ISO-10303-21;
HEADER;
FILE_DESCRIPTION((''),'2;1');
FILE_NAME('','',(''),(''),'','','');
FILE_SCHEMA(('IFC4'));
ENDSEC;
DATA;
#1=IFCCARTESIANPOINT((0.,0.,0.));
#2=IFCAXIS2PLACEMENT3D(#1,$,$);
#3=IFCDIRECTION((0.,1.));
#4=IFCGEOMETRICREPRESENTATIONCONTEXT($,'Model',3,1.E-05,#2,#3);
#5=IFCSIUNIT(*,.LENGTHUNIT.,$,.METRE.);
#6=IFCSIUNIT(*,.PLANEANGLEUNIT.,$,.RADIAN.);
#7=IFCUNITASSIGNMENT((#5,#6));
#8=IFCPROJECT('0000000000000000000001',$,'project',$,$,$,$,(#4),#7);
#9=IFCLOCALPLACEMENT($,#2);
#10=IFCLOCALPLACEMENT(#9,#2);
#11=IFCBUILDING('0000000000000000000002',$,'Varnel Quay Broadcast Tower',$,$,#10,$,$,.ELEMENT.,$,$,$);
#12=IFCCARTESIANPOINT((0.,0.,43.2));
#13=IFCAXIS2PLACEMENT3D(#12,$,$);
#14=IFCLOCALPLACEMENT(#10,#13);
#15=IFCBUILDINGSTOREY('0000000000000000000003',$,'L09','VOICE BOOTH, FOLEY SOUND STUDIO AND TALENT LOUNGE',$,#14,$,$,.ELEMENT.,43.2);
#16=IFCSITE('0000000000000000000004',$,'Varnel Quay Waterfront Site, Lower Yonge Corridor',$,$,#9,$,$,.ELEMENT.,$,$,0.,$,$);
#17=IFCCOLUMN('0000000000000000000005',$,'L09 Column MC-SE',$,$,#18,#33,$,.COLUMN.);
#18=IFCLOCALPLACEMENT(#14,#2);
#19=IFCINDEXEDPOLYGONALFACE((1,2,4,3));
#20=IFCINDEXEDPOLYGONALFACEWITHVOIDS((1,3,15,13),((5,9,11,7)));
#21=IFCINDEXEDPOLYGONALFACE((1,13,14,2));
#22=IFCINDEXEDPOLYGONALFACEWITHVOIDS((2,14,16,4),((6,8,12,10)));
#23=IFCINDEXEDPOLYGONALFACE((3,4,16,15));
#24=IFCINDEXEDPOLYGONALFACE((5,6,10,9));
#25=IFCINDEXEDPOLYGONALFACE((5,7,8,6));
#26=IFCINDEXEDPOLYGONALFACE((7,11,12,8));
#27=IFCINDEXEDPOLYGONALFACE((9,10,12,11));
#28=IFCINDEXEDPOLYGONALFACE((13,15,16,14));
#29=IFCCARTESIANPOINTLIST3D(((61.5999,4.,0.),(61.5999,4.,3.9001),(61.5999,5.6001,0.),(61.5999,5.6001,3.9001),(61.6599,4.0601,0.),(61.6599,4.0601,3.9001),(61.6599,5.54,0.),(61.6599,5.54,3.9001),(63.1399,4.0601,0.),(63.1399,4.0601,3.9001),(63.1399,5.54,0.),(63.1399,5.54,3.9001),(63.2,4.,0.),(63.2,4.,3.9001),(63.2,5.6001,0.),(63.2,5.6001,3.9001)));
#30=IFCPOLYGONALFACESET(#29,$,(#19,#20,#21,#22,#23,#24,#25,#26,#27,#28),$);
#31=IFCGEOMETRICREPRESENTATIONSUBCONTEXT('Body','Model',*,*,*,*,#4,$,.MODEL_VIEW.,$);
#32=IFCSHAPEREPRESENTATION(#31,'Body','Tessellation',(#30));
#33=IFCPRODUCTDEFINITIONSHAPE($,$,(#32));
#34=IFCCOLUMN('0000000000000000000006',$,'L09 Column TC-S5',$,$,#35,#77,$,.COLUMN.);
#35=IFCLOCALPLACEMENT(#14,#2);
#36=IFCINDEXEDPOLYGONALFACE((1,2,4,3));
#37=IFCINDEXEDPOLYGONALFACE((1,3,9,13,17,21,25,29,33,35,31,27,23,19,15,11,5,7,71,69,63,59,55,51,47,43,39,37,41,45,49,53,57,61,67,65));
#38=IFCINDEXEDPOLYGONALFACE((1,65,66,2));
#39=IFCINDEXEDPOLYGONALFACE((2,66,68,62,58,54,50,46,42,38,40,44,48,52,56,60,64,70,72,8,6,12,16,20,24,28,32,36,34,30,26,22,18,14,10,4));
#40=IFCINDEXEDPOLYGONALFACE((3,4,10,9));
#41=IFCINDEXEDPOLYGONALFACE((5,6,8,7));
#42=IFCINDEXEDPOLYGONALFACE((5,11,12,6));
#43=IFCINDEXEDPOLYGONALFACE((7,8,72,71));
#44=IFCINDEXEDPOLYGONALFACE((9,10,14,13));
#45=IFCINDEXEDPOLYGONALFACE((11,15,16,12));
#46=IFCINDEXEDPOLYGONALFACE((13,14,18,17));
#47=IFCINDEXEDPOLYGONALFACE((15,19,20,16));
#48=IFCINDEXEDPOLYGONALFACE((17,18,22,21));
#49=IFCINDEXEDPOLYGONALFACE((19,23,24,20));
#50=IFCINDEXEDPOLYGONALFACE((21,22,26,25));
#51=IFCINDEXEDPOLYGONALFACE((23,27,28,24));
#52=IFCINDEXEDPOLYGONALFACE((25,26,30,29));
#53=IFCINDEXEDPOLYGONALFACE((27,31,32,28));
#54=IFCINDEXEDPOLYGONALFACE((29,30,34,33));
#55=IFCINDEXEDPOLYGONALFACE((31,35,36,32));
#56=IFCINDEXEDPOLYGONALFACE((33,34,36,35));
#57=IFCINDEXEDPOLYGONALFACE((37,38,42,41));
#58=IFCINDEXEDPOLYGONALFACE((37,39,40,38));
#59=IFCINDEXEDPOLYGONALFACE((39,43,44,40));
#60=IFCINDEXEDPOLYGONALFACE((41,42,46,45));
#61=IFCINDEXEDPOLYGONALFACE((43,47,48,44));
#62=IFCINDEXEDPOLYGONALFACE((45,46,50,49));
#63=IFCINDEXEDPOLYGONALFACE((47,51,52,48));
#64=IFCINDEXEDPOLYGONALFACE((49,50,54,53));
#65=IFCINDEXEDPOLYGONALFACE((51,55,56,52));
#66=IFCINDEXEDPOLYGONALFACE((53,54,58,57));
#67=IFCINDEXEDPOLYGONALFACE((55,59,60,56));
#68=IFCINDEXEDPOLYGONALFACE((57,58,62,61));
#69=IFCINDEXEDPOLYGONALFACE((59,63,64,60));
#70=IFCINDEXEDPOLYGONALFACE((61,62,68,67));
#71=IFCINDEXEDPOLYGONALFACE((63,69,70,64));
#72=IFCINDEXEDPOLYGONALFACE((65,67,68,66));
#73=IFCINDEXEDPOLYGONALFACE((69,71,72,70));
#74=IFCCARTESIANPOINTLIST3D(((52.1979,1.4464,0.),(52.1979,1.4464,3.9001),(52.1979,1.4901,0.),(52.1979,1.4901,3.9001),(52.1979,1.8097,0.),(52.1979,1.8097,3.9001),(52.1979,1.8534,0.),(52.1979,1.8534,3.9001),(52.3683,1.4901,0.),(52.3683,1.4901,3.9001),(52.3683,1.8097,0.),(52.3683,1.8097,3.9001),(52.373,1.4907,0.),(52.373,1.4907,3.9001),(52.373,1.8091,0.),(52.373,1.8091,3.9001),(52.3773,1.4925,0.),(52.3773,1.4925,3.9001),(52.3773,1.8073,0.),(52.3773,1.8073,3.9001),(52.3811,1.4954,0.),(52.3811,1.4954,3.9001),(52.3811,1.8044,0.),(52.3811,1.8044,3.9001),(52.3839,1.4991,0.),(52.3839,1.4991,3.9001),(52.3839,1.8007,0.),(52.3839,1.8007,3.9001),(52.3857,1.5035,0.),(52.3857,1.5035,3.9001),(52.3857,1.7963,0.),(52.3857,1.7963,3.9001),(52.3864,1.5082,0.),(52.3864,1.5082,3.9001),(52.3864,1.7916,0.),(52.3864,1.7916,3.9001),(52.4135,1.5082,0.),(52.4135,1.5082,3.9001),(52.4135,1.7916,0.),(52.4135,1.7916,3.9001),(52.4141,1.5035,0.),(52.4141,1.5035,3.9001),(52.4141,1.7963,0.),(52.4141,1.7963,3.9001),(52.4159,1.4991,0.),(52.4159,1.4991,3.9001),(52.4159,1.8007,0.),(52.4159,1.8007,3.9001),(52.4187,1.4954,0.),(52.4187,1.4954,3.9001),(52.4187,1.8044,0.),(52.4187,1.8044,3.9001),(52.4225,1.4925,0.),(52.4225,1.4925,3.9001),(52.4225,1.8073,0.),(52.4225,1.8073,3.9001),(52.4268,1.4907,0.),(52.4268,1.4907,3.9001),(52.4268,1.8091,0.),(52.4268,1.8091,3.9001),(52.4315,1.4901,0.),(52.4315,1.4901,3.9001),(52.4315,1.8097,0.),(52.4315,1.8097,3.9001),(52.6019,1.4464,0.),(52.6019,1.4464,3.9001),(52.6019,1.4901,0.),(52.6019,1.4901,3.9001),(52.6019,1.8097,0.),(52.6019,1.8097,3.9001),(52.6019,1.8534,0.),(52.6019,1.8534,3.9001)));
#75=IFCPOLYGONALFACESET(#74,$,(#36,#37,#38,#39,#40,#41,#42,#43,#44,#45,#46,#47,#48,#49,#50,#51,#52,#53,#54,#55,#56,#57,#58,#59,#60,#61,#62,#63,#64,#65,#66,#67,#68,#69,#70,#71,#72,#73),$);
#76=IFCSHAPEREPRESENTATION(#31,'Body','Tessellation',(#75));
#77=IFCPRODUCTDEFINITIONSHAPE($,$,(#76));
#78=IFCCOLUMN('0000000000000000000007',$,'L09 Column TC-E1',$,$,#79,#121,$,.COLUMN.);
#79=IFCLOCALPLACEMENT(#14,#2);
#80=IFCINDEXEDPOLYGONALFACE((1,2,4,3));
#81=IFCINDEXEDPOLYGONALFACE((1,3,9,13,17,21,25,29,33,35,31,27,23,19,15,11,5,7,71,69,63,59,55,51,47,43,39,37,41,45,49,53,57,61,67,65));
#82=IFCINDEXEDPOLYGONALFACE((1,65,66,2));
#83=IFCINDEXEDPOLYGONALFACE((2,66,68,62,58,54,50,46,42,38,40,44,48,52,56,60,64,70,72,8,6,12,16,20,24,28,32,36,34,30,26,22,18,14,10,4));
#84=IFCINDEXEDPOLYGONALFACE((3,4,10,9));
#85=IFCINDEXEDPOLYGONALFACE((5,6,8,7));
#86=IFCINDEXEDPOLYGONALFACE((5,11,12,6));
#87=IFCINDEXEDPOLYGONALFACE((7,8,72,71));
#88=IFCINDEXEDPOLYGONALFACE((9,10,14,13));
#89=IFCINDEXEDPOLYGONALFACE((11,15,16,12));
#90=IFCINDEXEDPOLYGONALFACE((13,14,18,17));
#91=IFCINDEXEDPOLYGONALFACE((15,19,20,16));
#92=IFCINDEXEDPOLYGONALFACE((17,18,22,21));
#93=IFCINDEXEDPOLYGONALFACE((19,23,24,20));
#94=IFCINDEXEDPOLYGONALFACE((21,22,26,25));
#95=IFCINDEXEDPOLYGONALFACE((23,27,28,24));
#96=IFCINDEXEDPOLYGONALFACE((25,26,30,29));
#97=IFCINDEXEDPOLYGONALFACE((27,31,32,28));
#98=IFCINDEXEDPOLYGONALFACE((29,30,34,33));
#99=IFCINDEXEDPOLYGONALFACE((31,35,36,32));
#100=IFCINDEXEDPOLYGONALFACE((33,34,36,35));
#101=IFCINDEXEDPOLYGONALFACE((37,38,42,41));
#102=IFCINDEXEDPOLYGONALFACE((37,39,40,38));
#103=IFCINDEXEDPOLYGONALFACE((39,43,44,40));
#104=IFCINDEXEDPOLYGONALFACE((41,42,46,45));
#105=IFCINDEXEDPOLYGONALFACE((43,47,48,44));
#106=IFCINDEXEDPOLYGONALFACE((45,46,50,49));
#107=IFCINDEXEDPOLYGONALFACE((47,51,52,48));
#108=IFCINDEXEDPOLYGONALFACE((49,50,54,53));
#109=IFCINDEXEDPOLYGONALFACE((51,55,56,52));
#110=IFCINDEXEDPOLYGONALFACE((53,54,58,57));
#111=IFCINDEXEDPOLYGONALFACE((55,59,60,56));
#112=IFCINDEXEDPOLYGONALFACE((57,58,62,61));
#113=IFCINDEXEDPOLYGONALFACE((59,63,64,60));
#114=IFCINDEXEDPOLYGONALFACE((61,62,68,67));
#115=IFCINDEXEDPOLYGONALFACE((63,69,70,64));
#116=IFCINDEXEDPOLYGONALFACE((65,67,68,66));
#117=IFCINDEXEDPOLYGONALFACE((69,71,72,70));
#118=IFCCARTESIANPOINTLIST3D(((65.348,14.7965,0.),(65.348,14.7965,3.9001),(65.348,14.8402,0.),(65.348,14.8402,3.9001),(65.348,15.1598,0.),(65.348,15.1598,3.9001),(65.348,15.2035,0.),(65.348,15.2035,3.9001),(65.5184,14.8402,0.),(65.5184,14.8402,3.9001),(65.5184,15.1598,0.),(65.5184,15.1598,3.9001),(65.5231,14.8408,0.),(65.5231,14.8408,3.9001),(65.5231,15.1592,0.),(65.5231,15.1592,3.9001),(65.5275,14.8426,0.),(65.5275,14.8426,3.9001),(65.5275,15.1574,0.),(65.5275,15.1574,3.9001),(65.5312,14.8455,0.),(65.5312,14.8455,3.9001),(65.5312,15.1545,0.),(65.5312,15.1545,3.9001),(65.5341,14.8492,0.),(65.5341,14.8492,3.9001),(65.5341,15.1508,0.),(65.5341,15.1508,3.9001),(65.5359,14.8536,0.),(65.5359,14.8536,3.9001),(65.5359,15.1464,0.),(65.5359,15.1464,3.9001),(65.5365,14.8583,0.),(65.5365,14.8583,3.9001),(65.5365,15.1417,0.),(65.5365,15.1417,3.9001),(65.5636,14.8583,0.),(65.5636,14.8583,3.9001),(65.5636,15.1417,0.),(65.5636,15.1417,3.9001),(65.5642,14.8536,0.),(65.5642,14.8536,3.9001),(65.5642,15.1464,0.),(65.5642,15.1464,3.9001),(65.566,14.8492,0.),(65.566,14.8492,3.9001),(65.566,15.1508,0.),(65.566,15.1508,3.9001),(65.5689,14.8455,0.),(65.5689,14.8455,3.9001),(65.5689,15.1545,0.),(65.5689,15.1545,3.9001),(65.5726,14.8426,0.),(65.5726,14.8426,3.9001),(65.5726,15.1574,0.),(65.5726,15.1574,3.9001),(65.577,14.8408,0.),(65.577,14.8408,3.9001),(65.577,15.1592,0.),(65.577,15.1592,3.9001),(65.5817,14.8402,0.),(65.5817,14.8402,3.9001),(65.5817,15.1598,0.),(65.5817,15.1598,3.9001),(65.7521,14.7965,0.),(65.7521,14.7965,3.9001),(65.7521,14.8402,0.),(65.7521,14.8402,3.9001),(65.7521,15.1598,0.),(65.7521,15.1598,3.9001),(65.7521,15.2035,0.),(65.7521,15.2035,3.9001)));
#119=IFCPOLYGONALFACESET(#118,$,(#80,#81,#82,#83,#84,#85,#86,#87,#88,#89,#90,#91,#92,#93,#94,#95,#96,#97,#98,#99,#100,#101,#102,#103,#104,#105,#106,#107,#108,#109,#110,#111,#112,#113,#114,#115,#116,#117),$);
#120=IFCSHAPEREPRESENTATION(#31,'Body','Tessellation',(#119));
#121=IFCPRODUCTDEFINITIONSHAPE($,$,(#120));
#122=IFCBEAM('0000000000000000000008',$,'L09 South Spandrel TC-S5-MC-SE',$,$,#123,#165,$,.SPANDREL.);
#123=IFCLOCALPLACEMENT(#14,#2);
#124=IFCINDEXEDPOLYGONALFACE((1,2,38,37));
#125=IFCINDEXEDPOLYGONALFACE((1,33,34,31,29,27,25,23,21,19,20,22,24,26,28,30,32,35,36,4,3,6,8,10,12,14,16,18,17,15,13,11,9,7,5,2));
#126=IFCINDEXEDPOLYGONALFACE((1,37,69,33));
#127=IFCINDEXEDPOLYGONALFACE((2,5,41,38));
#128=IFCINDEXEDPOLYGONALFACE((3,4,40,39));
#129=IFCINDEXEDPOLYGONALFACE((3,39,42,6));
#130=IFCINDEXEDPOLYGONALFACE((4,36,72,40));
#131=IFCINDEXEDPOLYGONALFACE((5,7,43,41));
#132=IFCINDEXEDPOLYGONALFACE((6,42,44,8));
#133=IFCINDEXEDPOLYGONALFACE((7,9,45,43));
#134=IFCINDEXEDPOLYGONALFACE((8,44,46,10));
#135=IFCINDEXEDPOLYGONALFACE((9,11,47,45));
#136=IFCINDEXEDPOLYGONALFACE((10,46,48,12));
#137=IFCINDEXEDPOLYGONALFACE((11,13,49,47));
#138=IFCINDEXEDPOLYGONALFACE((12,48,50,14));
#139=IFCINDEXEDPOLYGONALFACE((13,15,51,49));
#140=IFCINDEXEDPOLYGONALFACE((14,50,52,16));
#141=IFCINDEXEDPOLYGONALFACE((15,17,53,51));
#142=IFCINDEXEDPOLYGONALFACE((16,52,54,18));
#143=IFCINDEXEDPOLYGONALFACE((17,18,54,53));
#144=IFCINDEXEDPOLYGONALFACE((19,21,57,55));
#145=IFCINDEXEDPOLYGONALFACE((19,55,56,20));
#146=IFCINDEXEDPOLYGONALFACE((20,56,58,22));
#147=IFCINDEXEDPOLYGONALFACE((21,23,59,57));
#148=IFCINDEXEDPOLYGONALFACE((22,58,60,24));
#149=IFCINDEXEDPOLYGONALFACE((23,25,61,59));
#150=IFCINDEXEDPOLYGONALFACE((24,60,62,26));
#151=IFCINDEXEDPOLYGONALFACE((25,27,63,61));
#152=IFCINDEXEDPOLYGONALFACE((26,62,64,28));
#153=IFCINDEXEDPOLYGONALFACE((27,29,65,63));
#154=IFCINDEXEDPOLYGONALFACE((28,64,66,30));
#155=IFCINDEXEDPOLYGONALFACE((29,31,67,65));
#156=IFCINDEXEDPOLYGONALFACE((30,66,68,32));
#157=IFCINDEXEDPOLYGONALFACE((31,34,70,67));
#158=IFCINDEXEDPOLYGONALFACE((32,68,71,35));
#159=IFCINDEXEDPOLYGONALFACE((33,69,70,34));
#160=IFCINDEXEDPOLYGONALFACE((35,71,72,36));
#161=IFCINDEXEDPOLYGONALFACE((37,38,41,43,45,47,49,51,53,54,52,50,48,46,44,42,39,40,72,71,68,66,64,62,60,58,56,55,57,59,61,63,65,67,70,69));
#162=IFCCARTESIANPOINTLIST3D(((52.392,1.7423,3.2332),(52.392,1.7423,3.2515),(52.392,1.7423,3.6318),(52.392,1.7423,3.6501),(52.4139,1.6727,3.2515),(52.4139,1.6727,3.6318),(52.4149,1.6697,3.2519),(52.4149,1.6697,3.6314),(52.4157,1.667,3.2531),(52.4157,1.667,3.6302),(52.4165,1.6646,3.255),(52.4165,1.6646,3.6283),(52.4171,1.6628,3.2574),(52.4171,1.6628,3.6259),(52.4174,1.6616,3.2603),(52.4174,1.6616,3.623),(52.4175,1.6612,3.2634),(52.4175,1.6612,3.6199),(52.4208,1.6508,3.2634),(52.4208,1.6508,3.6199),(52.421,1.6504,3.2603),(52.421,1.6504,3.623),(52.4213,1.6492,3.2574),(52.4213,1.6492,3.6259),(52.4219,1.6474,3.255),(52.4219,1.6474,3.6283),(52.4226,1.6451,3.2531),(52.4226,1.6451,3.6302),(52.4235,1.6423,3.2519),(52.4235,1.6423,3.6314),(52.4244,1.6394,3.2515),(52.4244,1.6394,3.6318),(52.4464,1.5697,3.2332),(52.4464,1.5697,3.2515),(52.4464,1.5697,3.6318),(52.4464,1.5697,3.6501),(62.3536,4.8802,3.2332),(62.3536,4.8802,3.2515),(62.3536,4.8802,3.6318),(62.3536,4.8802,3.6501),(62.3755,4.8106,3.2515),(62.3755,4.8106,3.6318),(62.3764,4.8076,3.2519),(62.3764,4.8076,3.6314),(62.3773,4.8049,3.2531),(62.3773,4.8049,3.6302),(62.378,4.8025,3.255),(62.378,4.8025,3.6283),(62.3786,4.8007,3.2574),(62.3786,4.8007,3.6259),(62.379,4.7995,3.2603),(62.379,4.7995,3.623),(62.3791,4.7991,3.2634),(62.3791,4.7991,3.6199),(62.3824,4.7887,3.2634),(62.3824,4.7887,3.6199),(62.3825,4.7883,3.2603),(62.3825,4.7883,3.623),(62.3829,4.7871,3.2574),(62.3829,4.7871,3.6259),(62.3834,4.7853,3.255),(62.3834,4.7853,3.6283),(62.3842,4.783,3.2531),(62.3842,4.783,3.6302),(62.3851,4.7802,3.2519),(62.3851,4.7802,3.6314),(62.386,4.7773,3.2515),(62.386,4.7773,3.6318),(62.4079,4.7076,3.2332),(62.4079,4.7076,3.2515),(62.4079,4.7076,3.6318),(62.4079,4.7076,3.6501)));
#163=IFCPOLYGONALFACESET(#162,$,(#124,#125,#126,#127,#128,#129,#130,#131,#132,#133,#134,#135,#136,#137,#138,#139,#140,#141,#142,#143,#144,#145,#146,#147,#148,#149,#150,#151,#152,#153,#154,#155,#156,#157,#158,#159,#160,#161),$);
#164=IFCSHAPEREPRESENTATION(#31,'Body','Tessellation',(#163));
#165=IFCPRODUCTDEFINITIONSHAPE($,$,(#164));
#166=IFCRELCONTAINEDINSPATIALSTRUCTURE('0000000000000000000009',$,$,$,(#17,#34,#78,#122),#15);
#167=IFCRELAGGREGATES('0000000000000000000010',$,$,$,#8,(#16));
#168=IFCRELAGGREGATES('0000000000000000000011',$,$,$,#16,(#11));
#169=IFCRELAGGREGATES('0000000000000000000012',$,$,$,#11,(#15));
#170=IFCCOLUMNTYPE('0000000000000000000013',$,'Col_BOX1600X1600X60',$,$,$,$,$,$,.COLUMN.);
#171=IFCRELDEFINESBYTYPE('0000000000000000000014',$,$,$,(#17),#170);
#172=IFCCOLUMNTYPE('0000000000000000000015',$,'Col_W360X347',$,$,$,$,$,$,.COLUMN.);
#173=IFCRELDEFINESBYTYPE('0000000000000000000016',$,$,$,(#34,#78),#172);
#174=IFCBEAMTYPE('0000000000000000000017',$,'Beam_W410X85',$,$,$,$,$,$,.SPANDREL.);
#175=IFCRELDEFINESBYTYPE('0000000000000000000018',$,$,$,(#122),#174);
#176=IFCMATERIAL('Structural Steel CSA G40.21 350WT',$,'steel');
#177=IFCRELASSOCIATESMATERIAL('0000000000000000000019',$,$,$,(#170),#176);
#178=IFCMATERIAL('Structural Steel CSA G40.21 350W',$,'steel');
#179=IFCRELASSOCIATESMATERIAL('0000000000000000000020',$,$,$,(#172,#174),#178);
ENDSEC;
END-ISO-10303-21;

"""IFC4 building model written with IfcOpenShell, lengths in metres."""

from ifc_helpers import new_model, si_unit, direction, frame, origin, origin_2d, place, context, subcontext, project, spatial, hollow_rectangle, i_section, extrude, source, transform, mapped, material, material_profile, profile_set, type_object, type_shapes, element, save


model = new_model("IFC4")

# Units and contexts
model_context = context("Model", 3, precision=1e-05, world=origin(), true_north=direction((0.0, 1.0)))
body_context = subcontext(model_context, "Body", "Model", "MODEL_VIEW")
ifc_project = project(units=[si_unit("LENGTHUNIT", "METRE"), si_unit("PLANEANGLEUNIT", "RADIAN")], contexts=[model_context])

# Site, building, storey
site_placement = place(None, origin())
site = spatial("IfcSite", under=ifc_project, at=site_placement, Name="Varnel Quay Waterfront Site, Lower Yonge Corridor", CompositionType="ELEMENT", RefElevation=0.0)
building_placement = place(site_placement, origin())
building = spatial("IfcBuilding", under=site, at=building_placement, Name="Varnel Quay Broadcast Tower", CompositionType="ELEMENT")
storey_placement = place(building_placement, frame((0.0, 0.0, 43.2)))
storey = spatial("IfcBuildingStorey", under=building, at=storey_placement, Name="L09", Description="VOICE BOOTH, FOLEY SOUND STUDIO AND TALENT LOUNGE", CompositionType="ELEMENT", Elevation=43.2)

# Columns
ifc_material_1 = material(Name="Structural Steel CSA G40.21 350WT", Category="steel")
ifc_material_profile_1 = material_profile(ifc_material_1, hollow_rectangle(XDim=1.6001, YDim=1.6001, WallThickness=0.0601, at=origin_2d()), Name="BOX1600X1600X60")
ifc_profile_set_1 = profile_set([ifc_material_profile_1], Name="Structural Steel CSA G40.21 350WT")
column_type_1 = type_object("IfcColumnType", Name="Col_BOX1600X1600X60", PredefinedType="COLUMN", material=ifc_profile_set_1)
shared_shape_1 = source(origin(), body_context, "Body", "SweptSolid", [
    extrude(hollow_rectangle(XDim=1.6001, YDim=1.6001, WallThickness=0.0601, at=origin_2d()), origin(), (0.0, 0.0, 1.0), 3.9001),
])
type_shapes(column_type_1, [shared_shape_1])
column_placement = place(storey_placement, frame((62.3999, 4.8, 0.0), z_axis=(0.0, 0.0, 1.0), x_axis=(1.0, 0.0, 0.0)))
element("IfcColumn", 1, at=column_placement, inside=storey, type_object=column_type_1, Name="L09 Column MC-SE", PredefinedType="COLUMN", context=body_context, shape_type="MappedRepresentation", body=[
    mapped(shared_shape_1, transform((0.0, 0.0, 0.0), x_axis=(1.0, 0.0, 0.0), y_axis=(0.0, 1.0, 0.0), z_axis=(0.0, 0.0, 1.0), scale=1.0)),
])
ifc_material_2 = material(Name="Structural Steel CSA G40.21 350W", Category="steel")
ifc_material_profile_2 = material_profile(ifc_material_2, i_section(OverallWidth=0.4041, OverallDepth=0.407, WebThickness=0.0271, FlangeThickness=0.0437, FilletRadius=0.0181, at=origin_2d()), Name="W360X347")
ifc_profile_set_2 = profile_set([ifc_material_profile_2], Name="Structural Steel CSA G40.21 350W")
column_type_2 = type_object("IfcColumnType", Name="Col_W360X347", PredefinedType="COLUMN", material=ifc_profile_set_2)
shared_shape_2 = source(origin(), body_context, "Body", "SweptSolid", [
    extrude(i_section(OverallWidth=0.4041, OverallDepth=0.407, WebThickness=0.0271, FlangeThickness=0.0437, FilletRadius=0.0181, at=origin_2d()), origin(), (0.0, 0.0, 1.0), 3.9001),
])
type_shapes(column_type_2, [shared_shape_2])
for number, where, z_axis, x_axis, name in (
    (2, (52.3999, 1.6499, 0.0), (0.0, 0.0, 1.0), (1.0, 0.0, 0.0), "L09 Column TC-S5"),
    (3, (65.55, 15.0, 0.0), (0.0, 0.0, 1.0), (1.0, 0.0, 0.0), "L09 Column TC-E1"),
):
    element("IfcColumn", number, at=place(storey_placement, frame(where, z_axis=z_axis, x_axis=x_axis)), inside=storey, type_object=column_type_2, Name=name, PredefinedType="COLUMN", context=body_context, shape_type="MappedRepresentation", body=[
        mapped(shared_shape_2, transform((0.0, 0.0, 0.0), x_axis=(1.0, 0.0, 0.0), y_axis=(0.0, 1.0, 0.0), z_axis=(0.0, 0.0, 1.0), scale=1.0)),
    ])

# Beam
ifc_material_profile_3 = material_profile(ifc_material_2, i_section(OverallWidth=0.1809, OverallDepth=0.417, WebThickness=0.011, FlangeThickness=0.0183, FilletRadius=0.012, at=origin_2d()), Name="W410X85")
ifc_profile_set_3 = profile_set([ifc_material_profile_3], Name="Structural Steel CSA G40.21 350W")
beam_type = type_object("IfcBeamType", Name="Beam_W410X85", PredefinedType="SPANDREL", material=ifc_profile_set_3)
shared_shape_3 = source(origin(), body_context, "Body", "SweptSolid", [
    extrude(i_section(OverallWidth=0.1809, OverallDepth=0.417, WebThickness=0.011, FlangeThickness=0.0183, FilletRadius=0.012, at=origin_2d()), origin(), (0.0, 0.0, 1.0), 10.4441),
])
beam_1_placement = place(storey_placement, frame((52.4192, 1.656, 3.4417), z_axis=(0.953798, 0.300448, 0.0), x_axis=(-0.300448, 0.953798, 0.0)))
element("IfcBeam", 4, at=beam_1_placement, inside=storey, type_object=beam_type, Name="L09 South Spandrel TC-S5-MC-SE", PredefinedType="SPANDREL", context=body_context, shape_type="MappedRepresentation", body=[
    mapped(shared_shape_3, transform((0.0, 0.0, 0.0), x_axis=(1.0, 0.0, 0.0), y_axis=(0.0, 1.0, 0.0), z_axis=(0.0, 0.0, 1.0), scale=1.0)),
])

save(model, "model.ifc")
